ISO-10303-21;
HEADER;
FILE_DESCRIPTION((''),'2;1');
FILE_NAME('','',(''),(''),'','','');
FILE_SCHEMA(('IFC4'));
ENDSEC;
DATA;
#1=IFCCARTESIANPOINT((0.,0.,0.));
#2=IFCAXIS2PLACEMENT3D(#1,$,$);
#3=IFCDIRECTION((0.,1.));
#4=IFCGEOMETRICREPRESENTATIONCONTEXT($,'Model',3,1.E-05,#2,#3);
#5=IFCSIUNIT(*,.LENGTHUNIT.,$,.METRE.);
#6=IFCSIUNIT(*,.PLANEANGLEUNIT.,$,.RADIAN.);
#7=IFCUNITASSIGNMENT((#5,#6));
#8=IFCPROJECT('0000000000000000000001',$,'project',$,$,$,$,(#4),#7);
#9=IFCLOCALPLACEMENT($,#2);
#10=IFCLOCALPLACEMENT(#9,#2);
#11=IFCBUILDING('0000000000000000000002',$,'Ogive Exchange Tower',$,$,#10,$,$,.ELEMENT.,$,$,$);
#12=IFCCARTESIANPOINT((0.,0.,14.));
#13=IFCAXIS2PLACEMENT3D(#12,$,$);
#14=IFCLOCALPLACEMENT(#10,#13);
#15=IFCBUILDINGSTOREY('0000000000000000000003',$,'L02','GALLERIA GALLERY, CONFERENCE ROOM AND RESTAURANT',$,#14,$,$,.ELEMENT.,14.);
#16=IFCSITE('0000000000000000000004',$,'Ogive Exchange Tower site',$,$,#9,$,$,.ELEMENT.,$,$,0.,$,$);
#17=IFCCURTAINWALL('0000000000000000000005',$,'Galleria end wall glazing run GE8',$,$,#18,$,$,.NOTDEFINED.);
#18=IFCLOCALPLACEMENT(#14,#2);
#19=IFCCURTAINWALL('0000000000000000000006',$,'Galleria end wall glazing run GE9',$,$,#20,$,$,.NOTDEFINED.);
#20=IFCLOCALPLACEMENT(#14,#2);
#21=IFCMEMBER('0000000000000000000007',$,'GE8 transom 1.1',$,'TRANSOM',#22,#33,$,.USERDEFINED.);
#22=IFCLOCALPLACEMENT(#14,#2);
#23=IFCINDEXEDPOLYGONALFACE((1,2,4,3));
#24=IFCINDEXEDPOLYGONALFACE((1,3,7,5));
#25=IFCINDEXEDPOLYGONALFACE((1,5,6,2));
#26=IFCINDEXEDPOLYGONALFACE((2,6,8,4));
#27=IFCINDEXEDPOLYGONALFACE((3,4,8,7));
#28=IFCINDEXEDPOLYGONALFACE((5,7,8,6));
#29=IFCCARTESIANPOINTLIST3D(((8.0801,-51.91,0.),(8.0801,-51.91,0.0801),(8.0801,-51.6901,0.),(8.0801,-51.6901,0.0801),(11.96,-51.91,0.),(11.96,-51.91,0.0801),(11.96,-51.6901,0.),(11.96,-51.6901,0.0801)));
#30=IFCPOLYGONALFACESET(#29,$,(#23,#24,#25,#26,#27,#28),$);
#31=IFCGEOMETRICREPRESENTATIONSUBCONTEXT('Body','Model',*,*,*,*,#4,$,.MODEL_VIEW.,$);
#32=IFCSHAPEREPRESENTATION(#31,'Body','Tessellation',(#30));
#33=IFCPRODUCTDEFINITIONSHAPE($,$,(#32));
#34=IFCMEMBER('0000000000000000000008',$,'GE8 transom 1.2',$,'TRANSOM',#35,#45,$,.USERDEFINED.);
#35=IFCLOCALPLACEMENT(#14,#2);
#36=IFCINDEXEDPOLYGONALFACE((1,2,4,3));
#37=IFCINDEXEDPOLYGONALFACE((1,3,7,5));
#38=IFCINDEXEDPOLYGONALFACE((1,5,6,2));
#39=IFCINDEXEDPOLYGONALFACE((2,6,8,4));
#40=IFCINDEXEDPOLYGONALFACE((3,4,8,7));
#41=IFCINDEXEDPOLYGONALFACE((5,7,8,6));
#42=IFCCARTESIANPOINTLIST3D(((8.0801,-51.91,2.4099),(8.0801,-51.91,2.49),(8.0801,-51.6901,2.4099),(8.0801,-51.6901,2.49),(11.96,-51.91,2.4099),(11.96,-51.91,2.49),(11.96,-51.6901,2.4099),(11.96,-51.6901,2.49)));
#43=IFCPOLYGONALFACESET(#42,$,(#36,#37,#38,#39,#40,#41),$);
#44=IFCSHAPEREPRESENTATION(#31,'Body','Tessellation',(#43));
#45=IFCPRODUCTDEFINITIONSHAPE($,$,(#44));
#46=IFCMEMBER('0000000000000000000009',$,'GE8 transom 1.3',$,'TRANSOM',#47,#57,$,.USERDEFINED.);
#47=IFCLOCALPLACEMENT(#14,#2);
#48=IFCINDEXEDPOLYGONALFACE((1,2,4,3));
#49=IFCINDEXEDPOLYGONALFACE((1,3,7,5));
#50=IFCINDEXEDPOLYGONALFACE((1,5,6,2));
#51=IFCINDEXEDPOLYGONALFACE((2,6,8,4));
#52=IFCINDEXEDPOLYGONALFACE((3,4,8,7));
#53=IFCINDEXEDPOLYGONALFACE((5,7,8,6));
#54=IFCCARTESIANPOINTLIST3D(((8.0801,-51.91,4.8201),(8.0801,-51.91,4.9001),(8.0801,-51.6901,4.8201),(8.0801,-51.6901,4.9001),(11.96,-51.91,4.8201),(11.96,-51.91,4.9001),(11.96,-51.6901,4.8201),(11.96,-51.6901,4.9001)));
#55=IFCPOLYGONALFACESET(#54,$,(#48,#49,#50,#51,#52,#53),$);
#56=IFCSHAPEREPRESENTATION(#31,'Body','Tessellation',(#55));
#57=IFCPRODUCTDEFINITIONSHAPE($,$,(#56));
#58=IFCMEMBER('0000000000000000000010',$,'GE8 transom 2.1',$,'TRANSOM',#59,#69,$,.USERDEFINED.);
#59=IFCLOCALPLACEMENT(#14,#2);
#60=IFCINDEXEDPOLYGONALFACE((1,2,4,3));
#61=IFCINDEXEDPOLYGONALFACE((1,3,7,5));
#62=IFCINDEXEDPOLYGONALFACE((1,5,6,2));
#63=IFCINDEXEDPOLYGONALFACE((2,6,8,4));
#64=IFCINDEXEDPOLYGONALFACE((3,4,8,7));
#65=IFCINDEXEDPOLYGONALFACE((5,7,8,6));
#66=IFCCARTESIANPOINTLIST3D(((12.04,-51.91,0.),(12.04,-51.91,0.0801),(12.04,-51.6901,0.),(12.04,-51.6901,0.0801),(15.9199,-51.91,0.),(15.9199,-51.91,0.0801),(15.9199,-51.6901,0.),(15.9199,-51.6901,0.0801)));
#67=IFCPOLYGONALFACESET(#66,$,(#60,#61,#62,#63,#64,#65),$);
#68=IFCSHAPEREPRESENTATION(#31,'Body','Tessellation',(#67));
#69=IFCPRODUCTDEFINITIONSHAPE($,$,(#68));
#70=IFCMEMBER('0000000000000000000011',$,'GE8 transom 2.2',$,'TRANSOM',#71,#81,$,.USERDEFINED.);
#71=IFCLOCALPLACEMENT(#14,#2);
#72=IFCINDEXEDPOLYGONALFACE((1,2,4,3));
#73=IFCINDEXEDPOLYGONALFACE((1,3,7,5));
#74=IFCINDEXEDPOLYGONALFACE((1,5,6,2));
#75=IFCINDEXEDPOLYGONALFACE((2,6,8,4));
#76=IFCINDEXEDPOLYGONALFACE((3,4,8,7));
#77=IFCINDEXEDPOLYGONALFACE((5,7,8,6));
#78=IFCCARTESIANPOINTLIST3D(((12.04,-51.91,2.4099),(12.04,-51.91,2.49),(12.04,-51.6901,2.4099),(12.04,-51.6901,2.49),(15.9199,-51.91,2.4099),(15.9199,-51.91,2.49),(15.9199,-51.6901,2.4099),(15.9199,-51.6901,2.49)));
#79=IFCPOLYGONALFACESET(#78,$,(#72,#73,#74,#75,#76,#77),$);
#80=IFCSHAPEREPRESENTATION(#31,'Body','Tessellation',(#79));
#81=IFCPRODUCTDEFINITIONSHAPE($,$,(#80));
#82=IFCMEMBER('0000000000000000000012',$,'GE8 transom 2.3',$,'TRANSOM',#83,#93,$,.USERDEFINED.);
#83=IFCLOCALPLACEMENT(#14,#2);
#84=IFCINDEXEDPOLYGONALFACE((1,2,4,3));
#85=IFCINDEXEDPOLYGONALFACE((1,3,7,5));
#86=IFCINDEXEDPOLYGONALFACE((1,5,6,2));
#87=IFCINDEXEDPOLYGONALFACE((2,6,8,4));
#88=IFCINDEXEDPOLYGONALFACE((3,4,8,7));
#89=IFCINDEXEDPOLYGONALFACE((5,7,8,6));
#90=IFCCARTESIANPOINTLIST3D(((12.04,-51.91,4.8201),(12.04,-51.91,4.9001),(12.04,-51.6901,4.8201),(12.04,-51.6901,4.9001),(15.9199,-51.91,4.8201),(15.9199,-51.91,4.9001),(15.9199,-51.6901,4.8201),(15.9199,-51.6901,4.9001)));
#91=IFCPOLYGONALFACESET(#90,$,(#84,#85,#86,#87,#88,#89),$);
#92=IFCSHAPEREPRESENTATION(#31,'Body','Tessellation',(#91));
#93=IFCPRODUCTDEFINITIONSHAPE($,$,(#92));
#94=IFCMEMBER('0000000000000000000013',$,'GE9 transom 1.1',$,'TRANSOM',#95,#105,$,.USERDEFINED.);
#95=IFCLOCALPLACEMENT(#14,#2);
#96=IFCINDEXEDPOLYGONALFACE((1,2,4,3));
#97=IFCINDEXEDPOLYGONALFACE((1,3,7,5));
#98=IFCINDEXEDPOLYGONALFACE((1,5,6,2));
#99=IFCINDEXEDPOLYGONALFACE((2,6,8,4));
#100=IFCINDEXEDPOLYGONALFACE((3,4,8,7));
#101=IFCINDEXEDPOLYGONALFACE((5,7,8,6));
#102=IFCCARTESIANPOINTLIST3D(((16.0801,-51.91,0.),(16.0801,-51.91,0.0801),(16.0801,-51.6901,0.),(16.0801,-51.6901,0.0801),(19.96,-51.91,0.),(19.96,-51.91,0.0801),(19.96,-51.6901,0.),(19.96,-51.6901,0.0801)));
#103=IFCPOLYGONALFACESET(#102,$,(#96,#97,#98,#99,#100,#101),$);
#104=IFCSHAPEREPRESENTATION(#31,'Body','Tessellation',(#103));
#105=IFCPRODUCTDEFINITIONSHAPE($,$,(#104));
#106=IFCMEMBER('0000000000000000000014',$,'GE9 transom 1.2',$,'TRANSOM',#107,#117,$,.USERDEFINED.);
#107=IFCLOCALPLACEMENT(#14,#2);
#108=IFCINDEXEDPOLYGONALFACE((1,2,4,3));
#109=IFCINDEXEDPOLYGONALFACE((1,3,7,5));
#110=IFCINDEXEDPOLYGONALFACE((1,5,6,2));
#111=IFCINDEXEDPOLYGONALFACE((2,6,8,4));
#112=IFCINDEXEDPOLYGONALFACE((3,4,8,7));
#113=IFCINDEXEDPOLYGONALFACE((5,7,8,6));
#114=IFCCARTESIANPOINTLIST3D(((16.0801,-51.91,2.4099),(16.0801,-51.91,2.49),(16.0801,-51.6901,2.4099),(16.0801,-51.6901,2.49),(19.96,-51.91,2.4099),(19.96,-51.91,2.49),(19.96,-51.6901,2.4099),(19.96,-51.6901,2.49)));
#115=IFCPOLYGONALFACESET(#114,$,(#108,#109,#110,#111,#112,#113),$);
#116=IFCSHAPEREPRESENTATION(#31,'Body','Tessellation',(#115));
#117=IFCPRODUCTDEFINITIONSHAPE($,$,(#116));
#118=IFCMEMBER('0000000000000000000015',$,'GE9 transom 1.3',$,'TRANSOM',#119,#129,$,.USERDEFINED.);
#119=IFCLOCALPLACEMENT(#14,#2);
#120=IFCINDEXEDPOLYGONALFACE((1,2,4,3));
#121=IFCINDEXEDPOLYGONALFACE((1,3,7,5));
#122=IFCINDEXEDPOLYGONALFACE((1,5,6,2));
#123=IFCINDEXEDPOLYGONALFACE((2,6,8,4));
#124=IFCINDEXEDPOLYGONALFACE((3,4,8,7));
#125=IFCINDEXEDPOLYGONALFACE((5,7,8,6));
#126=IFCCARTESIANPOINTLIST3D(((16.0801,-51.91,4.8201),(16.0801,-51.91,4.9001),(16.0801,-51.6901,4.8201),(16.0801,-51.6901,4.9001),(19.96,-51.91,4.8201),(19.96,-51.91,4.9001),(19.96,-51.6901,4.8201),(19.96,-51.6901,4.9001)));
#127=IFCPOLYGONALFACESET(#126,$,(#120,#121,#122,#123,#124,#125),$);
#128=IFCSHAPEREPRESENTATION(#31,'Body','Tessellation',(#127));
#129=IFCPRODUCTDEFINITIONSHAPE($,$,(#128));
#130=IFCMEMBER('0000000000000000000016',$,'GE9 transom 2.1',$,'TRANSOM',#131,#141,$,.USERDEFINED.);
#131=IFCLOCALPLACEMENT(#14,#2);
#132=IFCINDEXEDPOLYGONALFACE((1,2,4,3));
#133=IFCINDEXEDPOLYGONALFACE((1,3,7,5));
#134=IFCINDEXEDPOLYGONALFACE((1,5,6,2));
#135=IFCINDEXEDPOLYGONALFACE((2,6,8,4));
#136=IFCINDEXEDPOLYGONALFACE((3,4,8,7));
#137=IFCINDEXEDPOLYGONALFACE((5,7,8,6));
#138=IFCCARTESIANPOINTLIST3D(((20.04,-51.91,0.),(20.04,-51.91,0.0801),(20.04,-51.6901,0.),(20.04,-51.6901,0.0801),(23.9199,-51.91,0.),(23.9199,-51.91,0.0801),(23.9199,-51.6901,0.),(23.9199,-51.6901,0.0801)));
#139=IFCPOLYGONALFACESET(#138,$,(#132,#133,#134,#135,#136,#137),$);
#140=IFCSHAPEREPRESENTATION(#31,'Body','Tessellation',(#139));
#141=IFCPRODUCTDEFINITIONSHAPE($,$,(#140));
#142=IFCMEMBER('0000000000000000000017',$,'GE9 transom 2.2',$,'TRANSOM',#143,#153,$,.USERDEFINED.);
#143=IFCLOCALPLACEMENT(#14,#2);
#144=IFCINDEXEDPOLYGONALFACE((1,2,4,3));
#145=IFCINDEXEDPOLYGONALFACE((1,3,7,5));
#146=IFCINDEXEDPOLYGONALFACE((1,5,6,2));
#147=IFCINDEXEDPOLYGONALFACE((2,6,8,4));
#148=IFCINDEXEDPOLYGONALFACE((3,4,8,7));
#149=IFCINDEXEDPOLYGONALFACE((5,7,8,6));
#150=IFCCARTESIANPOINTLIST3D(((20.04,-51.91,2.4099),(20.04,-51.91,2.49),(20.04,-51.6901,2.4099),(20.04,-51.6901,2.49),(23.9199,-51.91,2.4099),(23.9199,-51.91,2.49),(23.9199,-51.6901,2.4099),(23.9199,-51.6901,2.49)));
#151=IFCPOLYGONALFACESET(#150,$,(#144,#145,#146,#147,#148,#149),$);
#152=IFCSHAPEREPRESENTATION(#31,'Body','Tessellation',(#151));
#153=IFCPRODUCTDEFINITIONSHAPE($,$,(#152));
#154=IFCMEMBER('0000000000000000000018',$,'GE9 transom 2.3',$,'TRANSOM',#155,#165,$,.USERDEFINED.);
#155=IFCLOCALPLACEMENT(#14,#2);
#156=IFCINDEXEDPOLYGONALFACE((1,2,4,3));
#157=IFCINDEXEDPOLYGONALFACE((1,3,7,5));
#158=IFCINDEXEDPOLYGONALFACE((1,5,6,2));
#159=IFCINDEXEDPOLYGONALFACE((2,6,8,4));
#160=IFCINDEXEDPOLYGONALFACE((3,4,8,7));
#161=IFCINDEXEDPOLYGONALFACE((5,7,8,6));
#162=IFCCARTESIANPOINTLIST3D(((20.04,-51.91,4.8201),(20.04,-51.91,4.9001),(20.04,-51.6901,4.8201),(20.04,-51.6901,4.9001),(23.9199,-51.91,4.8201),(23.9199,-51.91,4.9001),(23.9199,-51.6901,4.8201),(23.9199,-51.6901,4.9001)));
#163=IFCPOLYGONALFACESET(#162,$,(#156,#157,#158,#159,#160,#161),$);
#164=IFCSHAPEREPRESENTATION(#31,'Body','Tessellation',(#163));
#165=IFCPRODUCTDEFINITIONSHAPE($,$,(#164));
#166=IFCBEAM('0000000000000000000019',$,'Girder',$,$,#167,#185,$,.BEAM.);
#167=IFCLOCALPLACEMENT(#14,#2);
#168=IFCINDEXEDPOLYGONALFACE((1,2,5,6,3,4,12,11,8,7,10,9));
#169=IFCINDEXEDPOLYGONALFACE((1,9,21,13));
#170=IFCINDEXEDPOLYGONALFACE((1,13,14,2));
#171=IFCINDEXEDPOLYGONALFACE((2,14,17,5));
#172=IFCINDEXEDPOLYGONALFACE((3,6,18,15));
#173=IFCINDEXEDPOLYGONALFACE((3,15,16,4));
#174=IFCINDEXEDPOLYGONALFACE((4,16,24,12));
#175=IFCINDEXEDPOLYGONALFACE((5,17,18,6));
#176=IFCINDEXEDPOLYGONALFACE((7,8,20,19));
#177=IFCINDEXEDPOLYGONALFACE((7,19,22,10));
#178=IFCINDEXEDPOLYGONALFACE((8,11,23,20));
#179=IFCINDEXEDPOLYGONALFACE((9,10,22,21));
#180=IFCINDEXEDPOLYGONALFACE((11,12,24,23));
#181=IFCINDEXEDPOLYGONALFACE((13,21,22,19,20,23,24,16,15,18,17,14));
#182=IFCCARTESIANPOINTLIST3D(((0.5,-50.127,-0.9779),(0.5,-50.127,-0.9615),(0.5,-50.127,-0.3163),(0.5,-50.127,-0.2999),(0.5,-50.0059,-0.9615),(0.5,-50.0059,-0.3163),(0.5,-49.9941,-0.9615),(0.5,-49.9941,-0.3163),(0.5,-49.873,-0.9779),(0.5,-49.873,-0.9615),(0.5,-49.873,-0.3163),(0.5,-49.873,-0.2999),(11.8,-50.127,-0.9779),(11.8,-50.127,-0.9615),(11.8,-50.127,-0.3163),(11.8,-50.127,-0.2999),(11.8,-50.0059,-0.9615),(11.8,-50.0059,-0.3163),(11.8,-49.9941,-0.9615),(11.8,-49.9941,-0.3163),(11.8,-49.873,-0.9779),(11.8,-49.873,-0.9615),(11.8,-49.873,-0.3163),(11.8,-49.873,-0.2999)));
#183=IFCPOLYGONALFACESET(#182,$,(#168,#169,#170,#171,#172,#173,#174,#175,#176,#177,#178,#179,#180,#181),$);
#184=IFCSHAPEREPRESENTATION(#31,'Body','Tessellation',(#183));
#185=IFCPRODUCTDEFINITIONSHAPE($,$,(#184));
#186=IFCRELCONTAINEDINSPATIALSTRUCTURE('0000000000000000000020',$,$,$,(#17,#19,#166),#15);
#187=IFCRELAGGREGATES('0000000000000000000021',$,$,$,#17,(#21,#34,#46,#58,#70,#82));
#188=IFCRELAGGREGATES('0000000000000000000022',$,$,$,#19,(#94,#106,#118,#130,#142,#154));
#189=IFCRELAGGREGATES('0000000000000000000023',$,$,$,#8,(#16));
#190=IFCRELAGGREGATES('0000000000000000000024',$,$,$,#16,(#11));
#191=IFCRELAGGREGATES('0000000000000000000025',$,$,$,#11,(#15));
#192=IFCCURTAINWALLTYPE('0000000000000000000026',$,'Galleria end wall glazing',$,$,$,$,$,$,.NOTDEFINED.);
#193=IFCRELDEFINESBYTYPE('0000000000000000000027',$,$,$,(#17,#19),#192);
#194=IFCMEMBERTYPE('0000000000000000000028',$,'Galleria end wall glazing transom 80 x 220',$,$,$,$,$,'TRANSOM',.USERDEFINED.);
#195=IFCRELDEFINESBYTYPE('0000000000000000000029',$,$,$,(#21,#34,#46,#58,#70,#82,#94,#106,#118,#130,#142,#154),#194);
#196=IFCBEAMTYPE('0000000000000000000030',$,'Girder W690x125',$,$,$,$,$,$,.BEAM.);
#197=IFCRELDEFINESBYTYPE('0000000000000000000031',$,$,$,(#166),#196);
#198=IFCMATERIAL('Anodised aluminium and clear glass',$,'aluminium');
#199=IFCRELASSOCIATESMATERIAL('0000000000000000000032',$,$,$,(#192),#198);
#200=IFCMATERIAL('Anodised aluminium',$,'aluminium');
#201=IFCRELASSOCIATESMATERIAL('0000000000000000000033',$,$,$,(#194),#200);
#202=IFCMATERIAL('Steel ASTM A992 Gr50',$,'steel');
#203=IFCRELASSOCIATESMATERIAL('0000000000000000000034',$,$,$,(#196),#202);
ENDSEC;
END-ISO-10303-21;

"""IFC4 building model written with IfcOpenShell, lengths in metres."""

from ifc_helpers import new_model, si_unit, direction, frame, origin, origin_2d, place, context, subcontext, project, spatial, rectangle, i_section, extrude, material, material_profile, profile_set, type_object, element, aggregate, save


model = new_model("IFC4")

# Units and contexts
model_context = context("Model", 3, precision=1e-05, world=origin(), true_north=direction((0.0, 1.0)))
body_context = subcontext(model_context, "Body", "Model", "MODEL_VIEW")
ifc_project = project(units=[si_unit("LENGTHUNIT", "METRE"), si_unit("PLANEANGLEUNIT", "RADIAN")], contexts=[model_context])

# Site, building, storey
site_placement = place(None, origin())
site = spatial("IfcSite", under=ifc_project, at=site_placement, Name="Ogive Exchange Tower site", CompositionType="ELEMENT", RefElevation=0.0)
building_placement = place(site_placement, origin())
building = spatial("IfcBuilding", under=site, at=building_placement, Name="Ogive Exchange Tower", CompositionType="ELEMENT")
storey_placement = place(building_placement, frame((0.0, 0.0, 14.0)))
storey = spatial("IfcBuildingStorey", under=building, at=storey_placement, Name="L02", Description="GALLERIA GALLERY, CONFERENCE ROOM AND RESTAURANT", CompositionType="ELEMENT", Elevation=14.0)

# Curtain walls
ifc_material_1 = material(Name="Anodised aluminium and clear glass", Category="aluminium")
curtain_wall_type = type_object("IfcCurtainWallType", Name="Galleria end wall glazing", PredefinedType="NOTDEFINED", material=ifc_material_1)
ifc_material_2 = material(Name="Anodised aluminium", Category="aluminium")
curtain_wall_1_placement = place(storey_placement, origin())
curtain_wall_1 = element("IfcCurtainWall", 1, at=curtain_wall_1_placement, inside=storey, type_object=curtain_wall_type, Name="Galleria end wall glazing run GE8", PredefinedType="NOTDEFINED")
curtain_wall_2_placement = place(storey_placement, origin())
curtain_wall_2 = element("IfcCurtainWall", 2, at=curtain_wall_2_placement, inside=storey, type_object=curtain_wall_type, Name="Galleria end wall glazing run GE9", PredefinedType="NOTDEFINED")

# Members
ifc_material_profile_1 = material_profile(ifc_material_2, rectangle(XDim=0.22, YDim=0.0801, at=origin_2d()), Name="AL 80x220")
ifc_profile_set_1 = profile_set([ifc_material_profile_1], Name="Anodised aluminium")
member_type_1 = type_object("IfcMemberType", Name="Galleria end wall glazing transom 80 x 220", ElementType="TRANSOM", PredefinedType="USERDEFINED", material=ifc_profile_set_1)
member_1_placement = place(storey_placement, frame((8.0801, -51.8, 0.04), z_axis=(1.0, 0.0, 0.0), x_axis=(0.0, 1.0, 0.0)))
member_1 = element("IfcMember", 3, at=member_1_placement, type_object=member_type_1, Name="GE8 transom 1.1", ObjectType="TRANSOM", PredefinedType="USERDEFINED", context=body_context, shape_type="SweptSolid", body=[
    extrude(rectangle(XDim=0.22, YDim=0.0801, at=origin_2d()), origin(), (0.0, 0.0, 1.0), 3.8799),
])
member_2_placement = place(storey_placement, frame((8.0801, -51.8, 2.45), z_axis=(1.0, 0.0, 0.0), x_axis=(0.0, 1.0, 0.0)))
member_2 = element("IfcMember", 4, at=member_2_placement, type_object=member_type_1, Name="GE8 transom 1.2", ObjectType="TRANSOM", PredefinedType="USERDEFINED", context=body_context, shape_type="SweptSolid", body=[
    extrude(rectangle(XDim=0.22, YDim=0.0801, at=origin_2d()), origin(), (0.0, 0.0, 1.0), 3.8799),
])
member_3_placement = place(storey_placement, frame((8.0801, -51.8, 4.8601), z_axis=(1.0, 0.0, 0.0), x_axis=(0.0, 1.0, 0.0)))
member_3 = element("IfcMember", 5, at=member_3_placement, type_object=member_type_1, Name="GE8 transom 1.3", ObjectType="TRANSOM", PredefinedType="USERDEFINED", context=body_context, shape_type="SweptSolid", body=[
    extrude(rectangle(XDim=0.22, YDim=0.0801, at=origin_2d()), origin(), (0.0, 0.0, 1.0), 3.8799),
])
member_4_placement = place(storey_placement, frame((12.04, -51.8, 0.04), z_axis=(1.0, 0.0, 0.0), x_axis=(0.0, 1.0, 0.0)))
member_4 = element("IfcMember", 6, at=member_4_placement, type_object=member_type_1, Name="GE8 transom 2.1", ObjectType="TRANSOM", PredefinedType="USERDEFINED", context=body_context, shape_type="SweptSolid", body=[
    extrude(rectangle(XDim=0.22, YDim=0.0801, at=origin_2d()), origin(), (0.0, 0.0, 1.0), 3.8799),
])
member_5_placement = place(storey_placement, frame((12.04, -51.8, 2.45), z_axis=(1.0, 0.0, 0.0), x_axis=(0.0, 1.0, 0.0)))
member_5 = element("IfcMember", 7, at=member_5_placement, type_object=member_type_1, Name="GE8 transom 2.2", ObjectType="TRANSOM", PredefinedType="USERDEFINED", context=body_context, shape_type="SweptSolid", body=[
    extrude(rectangle(XDim=0.22, YDim=0.0801, at=origin_2d()), origin(), (0.0, 0.0, 1.0), 3.8799),
])
member_6_placement = place(storey_placement, frame((12.04, -51.8, 4.8601), z_axis=(1.0, 0.0, 0.0), x_axis=(0.0, 1.0, 0.0)))
member_6 = element("IfcMember", 8, at=member_6_placement, type_object=member_type_1, Name="GE8 transom 2.3", ObjectType="TRANSOM", PredefinedType="USERDEFINED", context=body_context, shape_type="SweptSolid", body=[
    extrude(rectangle(XDim=0.22, YDim=0.0801, at=origin_2d()), origin(), (0.0, 0.0, 1.0), 3.8799),
])
member_7_placement = place(storey_placement, frame((16.0801, -51.8, 0.04), z_axis=(1.0, 0.0, 0.0), x_axis=(0.0, 1.0, 0.0)))
member_7 = element("IfcMember", 9, at=member_7_placement, type_object=member_type_1, Name="GE9 transom 1.1", ObjectType="TRANSOM", PredefinedType="USERDEFINED", context=body_context, shape_type="SweptSolid", body=[
    extrude(rectangle(XDim=0.22, YDim=0.0801, at=origin_2d()), origin(), (0.0, 0.0, 1.0), 3.8799),
])
member_8_placement = place(storey_placement, frame((16.0801, -51.8, 2.45), z_axis=(1.0, 0.0, 0.0), x_axis=(0.0, 1.0, 0.0)))
member_8 = element("IfcMember", 10, at=member_8_placement, type_object=member_type_1, Name="GE9 transom 1.2", ObjectType="TRANSOM", PredefinedType="USERDEFINED", context=body_context, shape_type="SweptSolid", body=[
    extrude(rectangle(XDim=0.22, YDim=0.0801, at=origin_2d()), origin(), (0.0, 0.0, 1.0), 3.8799),
])
member_9_placement = place(storey_placement, frame((16.0801, -51.8, 4.8601), z_axis=(1.0, 0.0, 0.0), x_axis=(0.0, 1.0, 0.0)))
member_9 = element("IfcMember", 11, at=member_9_placement, type_object=member_type_1, Name="GE9 transom 1.3", ObjectType="TRANSOM", PredefinedType="USERDEFINED", context=body_context, shape_type="SweptSolid", body=[
    extrude(rectangle(XDim=0.22, YDim=0.0801, at=origin_2d()), origin(), (0.0, 0.0, 1.0), 3.8799),
])
member_10_placement = place(storey_placement, frame((20.04, -51.8, 0.04), z_axis=(1.0, 0.0, 0.0), x_axis=(0.0, 1.0, 0.0)))
member_10 = element("IfcMember", 12, at=member_10_placement, type_object=member_type_1, Name="GE9 transom 2.1", ObjectType="TRANSOM", PredefinedType="USERDEFINED", context=body_context, shape_type="SweptSolid", body=[
    extrude(rectangle(XDim=0.22, YDim=0.0801, at=origin_2d()), origin(), (0.0, 0.0, 1.0), 3.8799),
])
member_11_placement = place(storey_placement, frame((20.04, -51.8, 2.45), z_axis=(1.0, 0.0, 0.0), x_axis=(0.0, 1.0, 0.0)))
member_11 = element("IfcMember", 13, at=member_11_placement, type_object=member_type_1, Name="GE9 transom 2.2", ObjectType="TRANSOM", PredefinedType="USERDEFINED", context=body_context, shape_type="SweptSolid", body=[
    extrude(rectangle(XDim=0.22, YDim=0.0801, at=origin_2d()), origin(), (0.0, 0.0, 1.0), 3.8799),
])
member_12_placement = place(storey_placement, frame((20.04, -51.8, 4.8601), z_axis=(1.0, 0.0, 0.0), x_axis=(0.0, 1.0, 0.0)))
member_12 = element("IfcMember", 14, at=member_12_placement, type_object=member_type_1, Name="GE9 transom 2.3", ObjectType="TRANSOM", PredefinedType="USERDEFINED", context=body_context, shape_type="SweptSolid", body=[
    extrude(rectangle(XDim=0.22, YDim=0.0801, at=origin_2d()), origin(), (0.0, 0.0, 1.0), 3.8799),
])

# Beam
ifc_material_3 = material(Name="Steel ASTM A992 Gr50", Category="steel")
ifc_material_profile_2 = material_profile(ifc_material_3, i_section(OverallWidth=0.2539, OverallDepth=0.678, WebThickness=0.0117, FlangeThickness=0.0164, at=origin_2d()), Name="W690x125")
ifc_profile_set_2 = profile_set([ifc_material_profile_2], Name="Steel ASTM A992 Gr50")
beam_type = type_object("IfcBeamType", Name="Girder W690x125", PredefinedType="BEAM", material=ifc_profile_set_2)
for number, where, z_axis, x_axis, name in (
    (15, (0.5, -50.0, -0.6389), (1.0, 0.0, 0.0), (0.0, 1.0, 0.0), "Girder"),
):
    element("IfcBeam", number, at=place(storey_placement, frame(where, z_axis=z_axis, x_axis=x_axis)), inside=storey, type_object=beam_type, Name=name, PredefinedType="BEAM", context=body_context, shape_type="SweptSolid", body=[
        extrude(i_section(OverallWidth=0.2539, OverallDepth=0.678, WebThickness=0.0117, FlangeThickness=0.0164, at=origin_2d()), origin(), (0.0, 0.0, 1.0), 11.3),
    ])

aggregate(curtain_wall_1, [member_1, member_2, member_3, member_4, member_5, member_6])
aggregate(curtain_wall_2, [member_7, member_8, member_9, member_10, member_11, member_12])

save(model, "model.ifc")
